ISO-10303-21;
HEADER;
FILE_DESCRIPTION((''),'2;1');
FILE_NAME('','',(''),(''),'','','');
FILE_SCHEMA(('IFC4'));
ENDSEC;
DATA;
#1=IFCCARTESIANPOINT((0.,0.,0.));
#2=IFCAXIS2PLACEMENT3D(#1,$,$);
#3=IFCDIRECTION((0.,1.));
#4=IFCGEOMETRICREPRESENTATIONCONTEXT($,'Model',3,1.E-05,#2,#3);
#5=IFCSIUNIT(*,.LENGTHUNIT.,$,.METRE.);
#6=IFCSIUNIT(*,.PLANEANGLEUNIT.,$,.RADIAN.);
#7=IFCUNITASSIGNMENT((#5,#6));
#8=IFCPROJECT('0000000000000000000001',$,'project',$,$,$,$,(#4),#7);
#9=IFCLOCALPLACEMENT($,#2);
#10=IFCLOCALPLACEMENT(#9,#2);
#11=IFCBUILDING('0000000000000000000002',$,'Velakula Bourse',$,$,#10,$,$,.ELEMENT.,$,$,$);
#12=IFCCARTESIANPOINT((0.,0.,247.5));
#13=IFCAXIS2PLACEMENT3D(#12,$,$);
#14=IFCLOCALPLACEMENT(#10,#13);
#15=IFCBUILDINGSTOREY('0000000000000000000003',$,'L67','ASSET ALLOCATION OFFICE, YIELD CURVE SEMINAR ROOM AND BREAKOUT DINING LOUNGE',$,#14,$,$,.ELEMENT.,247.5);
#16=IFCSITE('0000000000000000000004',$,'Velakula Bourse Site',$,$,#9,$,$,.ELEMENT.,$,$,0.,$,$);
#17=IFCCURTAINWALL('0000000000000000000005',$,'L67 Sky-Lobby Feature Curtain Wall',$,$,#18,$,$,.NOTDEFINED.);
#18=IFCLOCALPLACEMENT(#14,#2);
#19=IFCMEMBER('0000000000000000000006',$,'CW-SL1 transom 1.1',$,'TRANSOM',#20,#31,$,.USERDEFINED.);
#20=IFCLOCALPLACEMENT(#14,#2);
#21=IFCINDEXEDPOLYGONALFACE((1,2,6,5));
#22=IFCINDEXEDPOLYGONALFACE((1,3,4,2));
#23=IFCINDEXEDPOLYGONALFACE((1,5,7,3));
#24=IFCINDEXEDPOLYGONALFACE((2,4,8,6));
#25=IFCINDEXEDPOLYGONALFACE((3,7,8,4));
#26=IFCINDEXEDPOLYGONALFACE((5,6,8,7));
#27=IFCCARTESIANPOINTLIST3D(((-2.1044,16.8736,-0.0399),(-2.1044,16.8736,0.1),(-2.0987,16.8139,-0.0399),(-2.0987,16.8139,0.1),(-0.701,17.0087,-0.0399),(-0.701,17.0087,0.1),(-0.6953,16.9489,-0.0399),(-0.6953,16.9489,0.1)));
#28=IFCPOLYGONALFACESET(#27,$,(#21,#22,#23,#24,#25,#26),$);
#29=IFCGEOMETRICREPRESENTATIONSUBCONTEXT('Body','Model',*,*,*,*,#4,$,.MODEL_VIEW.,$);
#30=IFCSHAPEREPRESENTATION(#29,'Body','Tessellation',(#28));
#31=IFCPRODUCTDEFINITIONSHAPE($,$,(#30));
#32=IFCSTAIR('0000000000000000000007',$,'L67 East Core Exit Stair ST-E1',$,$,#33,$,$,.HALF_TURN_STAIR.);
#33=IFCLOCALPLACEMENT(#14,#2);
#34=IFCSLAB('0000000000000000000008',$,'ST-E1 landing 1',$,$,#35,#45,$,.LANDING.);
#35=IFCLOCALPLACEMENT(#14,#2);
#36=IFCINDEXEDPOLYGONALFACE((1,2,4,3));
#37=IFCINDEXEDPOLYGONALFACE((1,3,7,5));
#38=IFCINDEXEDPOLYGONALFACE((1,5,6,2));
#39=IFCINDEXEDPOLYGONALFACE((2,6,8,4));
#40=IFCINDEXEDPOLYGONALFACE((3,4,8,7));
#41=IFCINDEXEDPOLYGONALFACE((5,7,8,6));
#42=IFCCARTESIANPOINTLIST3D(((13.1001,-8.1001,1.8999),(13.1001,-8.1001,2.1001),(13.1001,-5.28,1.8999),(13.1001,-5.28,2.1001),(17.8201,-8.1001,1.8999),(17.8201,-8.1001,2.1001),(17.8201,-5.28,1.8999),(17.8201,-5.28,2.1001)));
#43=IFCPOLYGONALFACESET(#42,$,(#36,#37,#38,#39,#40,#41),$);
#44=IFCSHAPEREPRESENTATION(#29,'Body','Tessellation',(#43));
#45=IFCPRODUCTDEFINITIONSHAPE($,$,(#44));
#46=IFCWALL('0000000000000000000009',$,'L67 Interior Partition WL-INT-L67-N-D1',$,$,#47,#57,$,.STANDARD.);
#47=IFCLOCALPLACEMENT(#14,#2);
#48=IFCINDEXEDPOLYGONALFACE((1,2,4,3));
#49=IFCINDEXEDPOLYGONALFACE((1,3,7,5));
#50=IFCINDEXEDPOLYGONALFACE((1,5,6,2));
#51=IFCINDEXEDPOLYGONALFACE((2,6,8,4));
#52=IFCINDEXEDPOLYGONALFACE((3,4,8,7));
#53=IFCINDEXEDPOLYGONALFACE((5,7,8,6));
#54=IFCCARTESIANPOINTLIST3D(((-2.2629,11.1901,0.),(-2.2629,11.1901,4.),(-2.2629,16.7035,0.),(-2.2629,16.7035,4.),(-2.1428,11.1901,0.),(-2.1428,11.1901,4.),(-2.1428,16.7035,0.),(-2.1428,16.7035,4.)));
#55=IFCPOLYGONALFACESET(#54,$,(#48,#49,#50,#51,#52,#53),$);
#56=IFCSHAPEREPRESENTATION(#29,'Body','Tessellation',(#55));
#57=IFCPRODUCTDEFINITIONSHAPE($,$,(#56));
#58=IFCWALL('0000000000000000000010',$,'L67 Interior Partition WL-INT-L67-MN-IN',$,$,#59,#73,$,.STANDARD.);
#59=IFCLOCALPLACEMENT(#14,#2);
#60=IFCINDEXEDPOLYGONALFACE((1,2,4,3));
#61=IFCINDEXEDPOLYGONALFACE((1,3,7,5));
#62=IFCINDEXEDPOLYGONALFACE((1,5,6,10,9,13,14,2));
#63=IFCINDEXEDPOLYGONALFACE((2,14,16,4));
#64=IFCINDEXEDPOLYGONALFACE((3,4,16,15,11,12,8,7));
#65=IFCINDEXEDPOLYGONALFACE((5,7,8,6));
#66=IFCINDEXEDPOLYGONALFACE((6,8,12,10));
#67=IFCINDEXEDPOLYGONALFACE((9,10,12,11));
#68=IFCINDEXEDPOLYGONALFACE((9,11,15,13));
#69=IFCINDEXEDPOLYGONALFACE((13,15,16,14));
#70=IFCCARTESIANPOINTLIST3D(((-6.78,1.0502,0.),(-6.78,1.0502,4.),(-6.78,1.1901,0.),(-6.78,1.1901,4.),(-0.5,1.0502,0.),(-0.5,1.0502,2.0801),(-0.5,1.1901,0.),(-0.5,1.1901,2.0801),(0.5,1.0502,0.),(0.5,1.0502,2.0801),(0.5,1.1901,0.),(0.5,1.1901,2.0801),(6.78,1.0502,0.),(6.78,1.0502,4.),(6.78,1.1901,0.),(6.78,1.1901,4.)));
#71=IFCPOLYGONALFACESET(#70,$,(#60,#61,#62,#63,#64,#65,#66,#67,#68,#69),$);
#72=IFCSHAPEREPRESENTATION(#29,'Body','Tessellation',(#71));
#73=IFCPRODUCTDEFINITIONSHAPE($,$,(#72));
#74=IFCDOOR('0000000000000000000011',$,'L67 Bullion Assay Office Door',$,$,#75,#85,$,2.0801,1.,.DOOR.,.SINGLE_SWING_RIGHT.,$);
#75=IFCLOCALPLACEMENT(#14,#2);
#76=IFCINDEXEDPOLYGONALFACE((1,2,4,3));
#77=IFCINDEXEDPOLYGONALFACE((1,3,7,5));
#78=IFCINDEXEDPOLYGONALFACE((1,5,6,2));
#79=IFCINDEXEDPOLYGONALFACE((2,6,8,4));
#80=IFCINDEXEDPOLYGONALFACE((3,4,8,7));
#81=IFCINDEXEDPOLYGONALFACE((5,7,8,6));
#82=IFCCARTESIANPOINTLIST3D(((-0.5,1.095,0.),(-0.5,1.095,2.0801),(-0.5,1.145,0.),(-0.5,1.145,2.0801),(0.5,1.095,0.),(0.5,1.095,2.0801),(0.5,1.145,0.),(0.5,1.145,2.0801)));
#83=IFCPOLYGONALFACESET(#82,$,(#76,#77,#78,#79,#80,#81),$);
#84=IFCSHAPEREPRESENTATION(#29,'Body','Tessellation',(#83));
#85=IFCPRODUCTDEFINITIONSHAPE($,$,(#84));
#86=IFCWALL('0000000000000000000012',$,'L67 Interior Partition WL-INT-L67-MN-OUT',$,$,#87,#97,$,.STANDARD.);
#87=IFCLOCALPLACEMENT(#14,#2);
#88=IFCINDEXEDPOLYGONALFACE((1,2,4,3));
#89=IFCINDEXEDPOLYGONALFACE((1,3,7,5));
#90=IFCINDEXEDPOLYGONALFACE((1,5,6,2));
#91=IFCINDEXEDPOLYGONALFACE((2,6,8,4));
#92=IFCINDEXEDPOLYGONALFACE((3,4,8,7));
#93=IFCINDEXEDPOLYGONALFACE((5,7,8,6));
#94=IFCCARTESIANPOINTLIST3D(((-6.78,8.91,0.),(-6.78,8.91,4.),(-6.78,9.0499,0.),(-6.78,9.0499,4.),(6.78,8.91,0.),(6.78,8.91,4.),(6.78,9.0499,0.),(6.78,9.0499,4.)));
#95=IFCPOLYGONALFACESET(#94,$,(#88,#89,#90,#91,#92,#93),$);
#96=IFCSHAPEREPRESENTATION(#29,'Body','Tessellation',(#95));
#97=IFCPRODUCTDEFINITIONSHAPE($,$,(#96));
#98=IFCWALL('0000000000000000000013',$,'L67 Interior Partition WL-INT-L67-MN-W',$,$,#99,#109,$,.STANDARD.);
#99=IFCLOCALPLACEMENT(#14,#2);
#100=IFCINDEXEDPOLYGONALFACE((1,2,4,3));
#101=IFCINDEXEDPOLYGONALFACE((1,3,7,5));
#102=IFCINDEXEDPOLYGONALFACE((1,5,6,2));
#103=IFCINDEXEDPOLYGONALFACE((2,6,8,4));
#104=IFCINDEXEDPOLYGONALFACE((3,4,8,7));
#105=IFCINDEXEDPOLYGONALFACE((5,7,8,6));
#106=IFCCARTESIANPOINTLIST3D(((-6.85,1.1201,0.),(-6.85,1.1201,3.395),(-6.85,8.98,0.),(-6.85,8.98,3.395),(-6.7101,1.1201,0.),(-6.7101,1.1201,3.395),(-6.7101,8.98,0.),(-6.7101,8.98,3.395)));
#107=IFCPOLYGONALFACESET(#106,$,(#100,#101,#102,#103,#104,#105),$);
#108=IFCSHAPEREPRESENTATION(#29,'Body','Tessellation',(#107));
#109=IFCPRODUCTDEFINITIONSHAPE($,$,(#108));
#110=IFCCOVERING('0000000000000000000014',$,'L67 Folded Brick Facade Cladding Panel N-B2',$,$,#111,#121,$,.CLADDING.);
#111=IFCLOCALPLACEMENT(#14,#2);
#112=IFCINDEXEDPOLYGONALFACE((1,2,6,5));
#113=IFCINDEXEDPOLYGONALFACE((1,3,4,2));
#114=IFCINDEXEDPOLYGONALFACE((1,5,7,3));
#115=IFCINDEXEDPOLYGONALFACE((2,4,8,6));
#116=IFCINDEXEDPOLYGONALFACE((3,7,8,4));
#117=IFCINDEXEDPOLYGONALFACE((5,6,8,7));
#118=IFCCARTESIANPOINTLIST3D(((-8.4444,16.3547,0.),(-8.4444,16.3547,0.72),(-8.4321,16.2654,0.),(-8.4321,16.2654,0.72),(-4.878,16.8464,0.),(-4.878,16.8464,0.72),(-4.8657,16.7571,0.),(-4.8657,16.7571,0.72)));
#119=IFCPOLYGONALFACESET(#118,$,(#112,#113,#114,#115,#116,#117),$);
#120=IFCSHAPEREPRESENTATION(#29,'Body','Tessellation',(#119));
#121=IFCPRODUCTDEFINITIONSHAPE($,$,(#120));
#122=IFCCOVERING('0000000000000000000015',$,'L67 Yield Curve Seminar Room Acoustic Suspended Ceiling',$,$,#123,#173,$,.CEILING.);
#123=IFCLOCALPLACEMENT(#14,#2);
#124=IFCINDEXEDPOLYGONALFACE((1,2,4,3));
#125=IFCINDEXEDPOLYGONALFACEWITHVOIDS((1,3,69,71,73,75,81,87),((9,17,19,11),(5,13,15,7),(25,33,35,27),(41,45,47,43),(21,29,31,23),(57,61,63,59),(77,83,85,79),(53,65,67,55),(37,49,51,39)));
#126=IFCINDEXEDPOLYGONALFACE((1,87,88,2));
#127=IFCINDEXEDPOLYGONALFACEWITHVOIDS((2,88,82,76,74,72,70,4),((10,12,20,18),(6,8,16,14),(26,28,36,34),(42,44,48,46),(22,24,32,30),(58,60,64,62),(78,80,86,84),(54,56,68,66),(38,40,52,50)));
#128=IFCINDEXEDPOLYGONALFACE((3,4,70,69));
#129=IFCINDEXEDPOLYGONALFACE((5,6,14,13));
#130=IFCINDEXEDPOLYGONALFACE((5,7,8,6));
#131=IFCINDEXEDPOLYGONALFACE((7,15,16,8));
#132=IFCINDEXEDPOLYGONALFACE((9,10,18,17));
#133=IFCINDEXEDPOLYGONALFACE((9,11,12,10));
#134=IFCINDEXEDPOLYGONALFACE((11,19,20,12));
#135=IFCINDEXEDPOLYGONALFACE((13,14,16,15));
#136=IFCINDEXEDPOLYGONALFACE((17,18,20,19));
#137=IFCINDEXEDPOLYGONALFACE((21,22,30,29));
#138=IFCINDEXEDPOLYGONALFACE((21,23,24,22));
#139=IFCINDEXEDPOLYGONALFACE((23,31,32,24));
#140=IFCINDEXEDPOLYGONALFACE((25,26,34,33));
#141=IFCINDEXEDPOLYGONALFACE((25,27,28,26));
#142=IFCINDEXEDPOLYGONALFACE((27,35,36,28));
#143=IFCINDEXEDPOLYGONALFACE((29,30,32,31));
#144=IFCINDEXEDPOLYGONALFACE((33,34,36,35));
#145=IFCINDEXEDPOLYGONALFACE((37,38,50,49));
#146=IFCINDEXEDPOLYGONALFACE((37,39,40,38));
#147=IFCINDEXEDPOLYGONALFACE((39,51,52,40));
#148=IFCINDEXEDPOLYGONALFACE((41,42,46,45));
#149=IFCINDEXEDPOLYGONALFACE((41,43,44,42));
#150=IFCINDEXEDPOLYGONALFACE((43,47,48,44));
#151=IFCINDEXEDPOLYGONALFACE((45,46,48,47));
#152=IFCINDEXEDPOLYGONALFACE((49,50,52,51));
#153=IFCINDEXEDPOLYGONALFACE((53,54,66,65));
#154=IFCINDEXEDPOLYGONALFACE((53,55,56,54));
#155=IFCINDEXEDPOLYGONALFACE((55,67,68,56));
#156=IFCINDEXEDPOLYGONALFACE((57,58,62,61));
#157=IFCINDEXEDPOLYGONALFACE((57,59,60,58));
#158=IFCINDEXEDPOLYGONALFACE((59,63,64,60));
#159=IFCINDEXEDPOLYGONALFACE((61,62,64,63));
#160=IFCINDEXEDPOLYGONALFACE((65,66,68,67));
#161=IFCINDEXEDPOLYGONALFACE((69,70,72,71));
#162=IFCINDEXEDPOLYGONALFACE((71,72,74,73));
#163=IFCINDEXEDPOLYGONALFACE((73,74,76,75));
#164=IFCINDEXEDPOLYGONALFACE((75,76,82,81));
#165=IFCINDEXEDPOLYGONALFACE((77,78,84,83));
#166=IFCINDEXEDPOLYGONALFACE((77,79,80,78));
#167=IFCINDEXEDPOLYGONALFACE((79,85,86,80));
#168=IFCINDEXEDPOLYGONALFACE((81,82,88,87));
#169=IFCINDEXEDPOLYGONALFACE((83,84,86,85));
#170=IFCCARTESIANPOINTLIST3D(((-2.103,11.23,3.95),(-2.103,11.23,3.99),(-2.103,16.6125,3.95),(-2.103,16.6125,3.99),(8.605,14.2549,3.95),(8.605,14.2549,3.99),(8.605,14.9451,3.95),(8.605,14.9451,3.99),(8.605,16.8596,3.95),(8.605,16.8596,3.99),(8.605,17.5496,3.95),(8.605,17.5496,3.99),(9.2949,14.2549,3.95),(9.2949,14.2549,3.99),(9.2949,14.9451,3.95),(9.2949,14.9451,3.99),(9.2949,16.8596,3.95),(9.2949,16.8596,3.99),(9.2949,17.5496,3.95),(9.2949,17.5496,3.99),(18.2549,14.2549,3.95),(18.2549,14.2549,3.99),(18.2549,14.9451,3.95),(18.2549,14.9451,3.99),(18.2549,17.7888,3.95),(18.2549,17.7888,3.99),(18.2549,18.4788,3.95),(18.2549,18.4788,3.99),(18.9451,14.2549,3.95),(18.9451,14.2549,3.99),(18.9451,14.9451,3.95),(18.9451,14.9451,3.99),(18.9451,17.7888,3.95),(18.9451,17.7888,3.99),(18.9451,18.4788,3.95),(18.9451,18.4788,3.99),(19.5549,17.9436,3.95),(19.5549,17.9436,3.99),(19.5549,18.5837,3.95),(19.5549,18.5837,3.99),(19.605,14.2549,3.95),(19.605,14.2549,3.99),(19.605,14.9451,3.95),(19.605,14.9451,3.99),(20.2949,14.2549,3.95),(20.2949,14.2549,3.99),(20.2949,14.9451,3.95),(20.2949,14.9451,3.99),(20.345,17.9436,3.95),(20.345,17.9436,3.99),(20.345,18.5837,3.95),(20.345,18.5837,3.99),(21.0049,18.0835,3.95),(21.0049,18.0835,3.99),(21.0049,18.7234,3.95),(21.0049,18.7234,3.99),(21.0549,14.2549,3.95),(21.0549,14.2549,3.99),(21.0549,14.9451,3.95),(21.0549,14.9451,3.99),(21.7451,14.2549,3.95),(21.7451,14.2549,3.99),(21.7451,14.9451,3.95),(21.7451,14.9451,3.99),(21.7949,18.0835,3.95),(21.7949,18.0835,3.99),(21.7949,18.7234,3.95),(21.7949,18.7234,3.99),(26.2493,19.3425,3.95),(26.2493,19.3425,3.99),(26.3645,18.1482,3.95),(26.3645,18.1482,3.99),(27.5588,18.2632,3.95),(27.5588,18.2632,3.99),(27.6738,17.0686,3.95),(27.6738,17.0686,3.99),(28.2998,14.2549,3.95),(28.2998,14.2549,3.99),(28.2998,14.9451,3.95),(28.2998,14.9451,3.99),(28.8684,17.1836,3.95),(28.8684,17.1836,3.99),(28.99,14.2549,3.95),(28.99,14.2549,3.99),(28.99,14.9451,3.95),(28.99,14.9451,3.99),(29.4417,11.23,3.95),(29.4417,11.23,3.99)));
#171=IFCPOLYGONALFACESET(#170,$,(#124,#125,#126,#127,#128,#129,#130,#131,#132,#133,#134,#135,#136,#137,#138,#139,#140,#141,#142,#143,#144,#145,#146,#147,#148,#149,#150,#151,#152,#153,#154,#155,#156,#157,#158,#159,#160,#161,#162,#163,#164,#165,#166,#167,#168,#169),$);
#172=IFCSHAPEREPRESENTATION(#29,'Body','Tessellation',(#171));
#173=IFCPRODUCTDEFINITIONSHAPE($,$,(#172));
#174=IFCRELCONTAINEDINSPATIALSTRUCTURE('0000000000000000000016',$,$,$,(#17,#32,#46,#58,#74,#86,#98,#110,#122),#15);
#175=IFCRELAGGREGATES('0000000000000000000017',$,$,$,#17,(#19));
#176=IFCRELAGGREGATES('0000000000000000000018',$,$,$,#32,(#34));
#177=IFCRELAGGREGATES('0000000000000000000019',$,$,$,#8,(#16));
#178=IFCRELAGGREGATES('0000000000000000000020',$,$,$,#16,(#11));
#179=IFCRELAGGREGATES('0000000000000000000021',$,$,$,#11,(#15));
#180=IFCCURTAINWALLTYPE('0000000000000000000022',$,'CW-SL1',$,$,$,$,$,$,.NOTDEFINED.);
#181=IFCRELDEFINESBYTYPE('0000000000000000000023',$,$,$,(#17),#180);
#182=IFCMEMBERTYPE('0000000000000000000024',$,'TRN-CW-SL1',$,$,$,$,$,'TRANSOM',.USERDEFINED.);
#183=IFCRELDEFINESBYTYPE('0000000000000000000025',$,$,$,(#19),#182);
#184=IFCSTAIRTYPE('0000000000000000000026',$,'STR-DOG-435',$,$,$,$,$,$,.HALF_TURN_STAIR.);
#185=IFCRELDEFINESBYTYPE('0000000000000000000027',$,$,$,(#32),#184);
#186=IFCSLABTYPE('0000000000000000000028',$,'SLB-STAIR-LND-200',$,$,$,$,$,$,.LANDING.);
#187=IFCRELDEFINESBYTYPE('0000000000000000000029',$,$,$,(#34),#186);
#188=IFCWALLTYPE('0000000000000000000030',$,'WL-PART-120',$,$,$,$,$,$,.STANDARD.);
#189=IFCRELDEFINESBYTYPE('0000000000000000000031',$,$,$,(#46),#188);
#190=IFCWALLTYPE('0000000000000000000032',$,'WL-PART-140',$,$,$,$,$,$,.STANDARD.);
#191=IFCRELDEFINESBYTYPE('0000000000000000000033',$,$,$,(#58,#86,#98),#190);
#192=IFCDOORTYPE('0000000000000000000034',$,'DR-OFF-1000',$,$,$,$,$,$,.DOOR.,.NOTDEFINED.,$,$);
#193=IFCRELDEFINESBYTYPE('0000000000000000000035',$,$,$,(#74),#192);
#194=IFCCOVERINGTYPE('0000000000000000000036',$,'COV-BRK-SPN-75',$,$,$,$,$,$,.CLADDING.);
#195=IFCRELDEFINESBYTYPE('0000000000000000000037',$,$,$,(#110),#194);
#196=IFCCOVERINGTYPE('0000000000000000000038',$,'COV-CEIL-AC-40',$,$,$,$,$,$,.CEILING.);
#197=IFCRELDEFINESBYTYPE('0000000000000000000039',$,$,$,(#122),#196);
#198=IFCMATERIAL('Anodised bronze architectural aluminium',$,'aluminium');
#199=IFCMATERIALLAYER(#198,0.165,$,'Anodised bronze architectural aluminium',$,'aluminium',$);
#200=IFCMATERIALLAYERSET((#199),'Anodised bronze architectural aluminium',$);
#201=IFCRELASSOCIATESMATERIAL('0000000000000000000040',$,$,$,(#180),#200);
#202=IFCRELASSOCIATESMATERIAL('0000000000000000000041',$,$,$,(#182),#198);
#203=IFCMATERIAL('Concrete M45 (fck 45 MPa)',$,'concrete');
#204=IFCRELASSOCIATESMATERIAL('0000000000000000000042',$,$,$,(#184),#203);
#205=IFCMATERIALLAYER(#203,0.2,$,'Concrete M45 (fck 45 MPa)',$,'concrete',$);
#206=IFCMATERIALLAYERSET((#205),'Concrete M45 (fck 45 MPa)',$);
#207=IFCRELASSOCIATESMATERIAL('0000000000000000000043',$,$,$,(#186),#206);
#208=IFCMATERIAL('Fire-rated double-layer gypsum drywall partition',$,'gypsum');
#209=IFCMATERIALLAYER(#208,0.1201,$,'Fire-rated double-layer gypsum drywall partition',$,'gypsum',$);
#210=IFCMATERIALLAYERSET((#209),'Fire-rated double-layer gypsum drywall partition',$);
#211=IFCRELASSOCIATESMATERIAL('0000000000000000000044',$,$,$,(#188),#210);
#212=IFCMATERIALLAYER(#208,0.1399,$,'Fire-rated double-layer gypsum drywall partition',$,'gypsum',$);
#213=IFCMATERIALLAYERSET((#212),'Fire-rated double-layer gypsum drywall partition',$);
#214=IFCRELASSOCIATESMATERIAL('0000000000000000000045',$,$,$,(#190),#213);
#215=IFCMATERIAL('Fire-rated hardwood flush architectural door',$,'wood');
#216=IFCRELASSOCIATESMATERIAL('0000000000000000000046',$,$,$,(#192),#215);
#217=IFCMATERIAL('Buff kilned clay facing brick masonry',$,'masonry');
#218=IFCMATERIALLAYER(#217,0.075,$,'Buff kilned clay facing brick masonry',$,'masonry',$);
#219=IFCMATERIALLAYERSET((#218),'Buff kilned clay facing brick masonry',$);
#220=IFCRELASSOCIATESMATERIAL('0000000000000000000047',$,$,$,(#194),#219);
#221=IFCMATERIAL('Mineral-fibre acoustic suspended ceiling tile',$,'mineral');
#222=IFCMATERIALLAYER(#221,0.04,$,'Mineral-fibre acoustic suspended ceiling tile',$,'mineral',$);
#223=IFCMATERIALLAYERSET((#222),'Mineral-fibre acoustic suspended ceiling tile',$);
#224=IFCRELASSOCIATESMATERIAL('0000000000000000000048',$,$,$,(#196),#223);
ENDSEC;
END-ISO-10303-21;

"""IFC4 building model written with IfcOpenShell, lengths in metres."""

from ifc_helpers import new_model, si_unit, direction, frame, frame_2d, origin, origin_2d, place, context, subcontext, project, spatial, polyline, rectangle, outline, extrude, material, layer, layer_set, material_profile, profile_set, type_object, element, fill, aggregate, save


model = new_model("IFC4")

# Units and contexts
model_context = context("Model", 3, precision=1e-05, world=origin(), true_north=direction((0.0, 1.0)))
body_context = subcontext(model_context, "Body", "Model", "MODEL_VIEW")
ifc_project = project(units=[si_unit("LENGTHUNIT", "METRE"), si_unit("PLANEANGLEUNIT", "RADIAN")], contexts=[model_context])

# Site, building, storey
site_placement = place(None, origin())
site = spatial("IfcSite", under=ifc_project, at=site_placement, Name="Velakula Bourse Site", CompositionType="ELEMENT", RefElevation=0.0)
building_placement = place(site_placement, origin())
building = spatial("IfcBuilding", under=site, at=building_placement, Name="Velakula Bourse", CompositionType="ELEMENT")
storey_placement = place(building_placement, frame((0.0, 0.0, 247.5)))
storey = spatial("IfcBuildingStorey", under=building, at=storey_placement, Name="L67", Description="ASSET ALLOCATION OFFICE, YIELD CURVE SEMINAR ROOM AND BREAKOUT DINING LOUNGE", CompositionType="ELEMENT", Elevation=247.5)

# Curtain wall
ifc_material_1 = material(Name="Anodised bronze architectural aluminium", Category="aluminium")
ifc_layer_1 = layer(ifc_material_1, 0.165, Name="Anodised bronze architectural aluminium", Category="aluminium")
ifc_layer_set_1 = layer_set([ifc_layer_1], Name="Anodised bronze architectural aluminium")
curtain_wall_type = type_object("IfcCurtainWallType", Name="CW-SL1", PredefinedType="NOTDEFINED", material=ifc_layer_set_1)
curtain_wall_placement = place(storey_placement, origin())
curtain_wall = element("IfcCurtainWall", 1, at=curtain_wall_placement, inside=storey, type_object=curtain_wall_type, Name="L67 Sky-Lobby Feature Curtain Wall", PredefinedType="NOTDEFINED")

# Member
ifc_material_profile_1 = material_profile(ifc_material_1, rectangle(XDim=0.0601, YDim=0.1399, at=origin_2d()), Name="Anodised bronze architectural aluminium")
ifc_profile_set_1 = profile_set([ifc_material_profile_1], Name="Anodised bronze architectural aluminium")
member_type_1 = type_object("IfcMemberType", Name="TRN-CW-SL1", ElementType="TRANSOM", PredefinedType="USERDEFINED", material=ifc_profile_set_1)
member_1_placement = place(storey_placement, frame((-2.1016, 16.8438, 0.03), z_axis=(0.995404, 0.095765, 0.0), x_axis=(-0.095765, 0.995404, 0.0)))
member_1 = element("IfcMember", 2, at=member_1_placement, type_object=member_type_1, Name="CW-SL1 transom 1.1", ObjectType="TRANSOM", PredefinedType="USERDEFINED", context=body_context, shape_type="SweptSolid", body=[
    extrude(rectangle(XDim=0.0601, YDim=0.1399, at=origin_2d()), origin(), (0.0, 0.0, 1.0), 1.4099),
])
aggregate(curtain_wall, [member_1])

# Stair, slab
ifc_material_2 = material(Name="Concrete M45 (fck 45 MPa)", Category="concrete")
stair_type = type_object("IfcStairType", Name="STR-DOG-435", PredefinedType="HALF_TURN_STAIR", material=ifc_material_2)
stair_placement = place(storey_placement, origin())
stair = element("IfcStair", 3, at=stair_placement, inside=storey, type_object=stair_type, Name="L67 East Core Exit Stair ST-E1", PredefinedType="HALF_TURN_STAIR")
ifc_layer_2 = layer(ifc_material_2, 0.2, Name="Concrete M45 (fck 45 MPa)", Category="concrete")
ifc_layer_set_2 = layer_set([ifc_layer_2], Name="Concrete M45 (fck 45 MPa)")
slab_type = type_object("IfcSlabType", Name="SLB-STAIR-LND-200", PredefinedType="LANDING", material=ifc_layer_set_2)
slab_placement = place(storey_placement, frame((0.0, 0.0, 1.8999)))
slab = element("IfcSlab", 4, at=slab_placement, type_object=slab_type, Name="ST-E1 landing 1", PredefinedType="LANDING", context=body_context, shape_type="SweptSolid", body=[
    extrude(outline(polyline([(13.1001, -5.28), (13.1001, -8.1001), (17.8201, -8.1001), (17.8201, -5.28), (13.1001, -5.28)])), origin(), (0.0, 0.0, 1.0), 0.2002),
])
aggregate(stair, [slab])

# Wall
ifc_material_3 = material(Name="Fire-rated double-layer gypsum drywall partition", Category="gypsum")
ifc_layer_3 = layer(ifc_material_3, 0.1201, Name="Fire-rated double-layer gypsum drywall partition", Category="gypsum")
ifc_layer_set_3 = layer_set([ifc_layer_3], Name="Fire-rated double-layer gypsum drywall partition")
wall_type_1 = type_object("IfcWallType", Name="WL-PART-120", PredefinedType="STANDARD", material=ifc_layer_set_3)
wall_1_placement = place(storey_placement, frame((-2.2029, 11.1899, 0.0), z_axis=(0.0, 0.0, 1.0), x_axis=(0.0, 1.0, 0.0)))
element("IfcWall", 5, at=wall_1_placement, inside=storey, type_object=wall_type_1, Name="L67 Interior Partition WL-INT-L67-N-D1", PredefinedType="STANDARD", context=body_context, shape_type="SweptSolid", body=[
    extrude(rectangle(XDim=5.5134, YDim=0.1201, at=frame_2d((2.7568, 0.0))), origin(), (0.0, 0.0, 1.0), 4.0),
])

# Wall, opening, door
ifc_layer_4 = layer(ifc_material_3, 0.1399, Name="Fire-rated double-layer gypsum drywall partition", Category="gypsum")
ifc_layer_set_4 = layer_set([ifc_layer_4], Name="Fire-rated double-layer gypsum drywall partition")
wall_type_2 = type_object("IfcWallType", Name="WL-PART-140", PredefinedType="STANDARD", material=ifc_layer_set_4)
wall_2_placement = place(storey_placement, frame((-6.78, 1.1201, 0.0), z_axis=(0.0, 0.0, 1.0), x_axis=(1.0, 0.0, 0.0)))
wall_2 = element("IfcWall", 6, at=wall_2_placement, inside=storey, type_object=wall_type_2, Name="L67 Interior Partition WL-INT-L67-MN-IN", PredefinedType="STANDARD", context=body_context, shape_type="SweptSolid", body=[
    extrude(rectangle(XDim=13.5601, YDim=0.1399, at=frame_2d((6.78, 0.0))), origin(), (0.0, 0.0, 1.0), 4.0),
])
opening_placement = place(wall_2_placement, frame((6.28, 0.0, 0.0)))
opening = element("IfcOpeningElement", 7, at=opening_placement, cuts=wall_2, PredefinedType="OPENING", context=body_context, shape_type="SweptSolid", body=[
    extrude(rectangle(XDim=1.0, YDim=2.0801, at=frame_2d((0.5, 1.04))), frame((0.0, 0.0798, 0.0), z_axis=(0.0, -1.0, 0.0), x_axis=(1.0, 0.0, 0.0)), (0.0, 0.0, 1.0), 0.1599),
])
ifc_material_4 = material(Name="Fire-rated hardwood flush architectural door", Category="wood")
door_type = type_object("IfcDoorType", Name="DR-OFF-1000", OperationType="NOTDEFINED", PredefinedType="DOOR", material=ifc_material_4)
door_placement = place(opening_placement, origin())
door = element("IfcDoor", 8, at=door_placement, inside=storey, type_object=door_type, Name="L67 Bullion Assay Office Door", OperationType="SINGLE_SWING_RIGHT", OverallHeight=2.0801, OverallWidth=1.0, PredefinedType="DOOR", context=body_context, shape_type="SweptSolid", body=[
    extrude(rectangle(XDim=1.0, YDim=2.0801, at=frame_2d((0.5, 1.04))), frame((0.0, 0.0249, 0.0), z_axis=(0.0, -1.0, 0.0), x_axis=(1.0, 0.0, 0.0)), (0.0, 0.0, 1.0), 0.05),
])
fill(opening, door)

# Walls
wall_3_placement = place(storey_placement, frame((-6.78, 8.98, 0.0), z_axis=(0.0, 0.0, 1.0), x_axis=(1.0, 0.0, 0.0)))
element("IfcWall", 9, at=wall_3_placement, inside=storey, type_object=wall_type_2, Name="L67 Interior Partition WL-INT-L67-MN-OUT", PredefinedType="STANDARD", context=body_context, shape_type="SweptSolid", body=[
    extrude(rectangle(XDim=13.5601, YDim=0.1399, at=frame_2d((6.78, 0.0))), origin(), (0.0, 0.0, 1.0), 4.0),
])
wall_4_placement = place(storey_placement, frame((-6.78, 1.1201, 0.0), z_axis=(0.0, 0.0, 1.0), x_axis=(0.0, 1.0, 0.0)))
element("IfcWall", 10, at=wall_4_placement, inside=storey, type_object=wall_type_2, Name="L67 Interior Partition WL-INT-L67-MN-W", PredefinedType="STANDARD", context=body_context, shape_type="SweptSolid", body=[
    extrude(rectangle(XDim=7.8599, YDim=0.1399, at=frame_2d((3.9299, 0.0))), origin(), (0.0, 0.0, 1.0), 3.395),
])

# Coverings
ifc_material_5 = material(Name="Buff kilned clay facing brick masonry", Category="masonry")
ifc_layer_5 = layer(ifc_material_5, 0.075, Name="Buff kilned clay facing brick masonry", Category="masonry")
ifc_layer_set_5 = layer_set([ifc_layer_5], Name="Buff kilned clay facing brick masonry")
covering_type_1 = type_object("IfcCoveringType", Name="COV-BRK-SPN-75", PredefinedType="CLADDING", material=ifc_layer_set_5)
covering_1_placement = place(storey_placement, frame((-6.655, 16.5559, 0.0), z_axis=(0.0, 0.0, 1.0), x_axis=(0.990629, 0.13658, 0.0)))
element("IfcCovering", 11, at=covering_1_placement, inside=storey, type_object=covering_type_1, Name="L67 Folded Brick Facade Cladding Panel N-B2", PredefinedType="CLADDING", context=body_context, shape_type="SweptSolid", body=[
    extrude(rectangle(XDim=3.6001, YDim=0.0901, at=origin_2d()), origin(), (0.0, 0.0, 1.0), 0.72),
])
ifc_material_6 = material(Name="Mineral-fibre acoustic suspended ceiling tile", Category="mineral")
ifc_layer_6 = layer(ifc_material_6, 0.04, Name="Mineral-fibre acoustic suspended ceiling tile", Category="mineral")
ifc_layer_set_6 = layer_set([ifc_layer_6], Name="Mineral-fibre acoustic suspended ceiling tile")
covering_type_2 = type_object("IfcCoveringType", Name="COV-CEIL-AC-40", PredefinedType="CEILING", material=ifc_layer_set_6)
covering_2_placement = place(storey_placement, frame((0.0, 0.0, 3.95)))
element("IfcCovering", 12, at=covering_2_placement, inside=storey, type_object=covering_type_2, Name="L67 Yield Curve Seminar Room Acoustic Suspended Ceiling", PredefinedType="CEILING", context=body_context, shape_type="SweptSolid", body=[
    extrude(outline(polyline([(26.3645, 18.1482), (27.5588, 18.2632), (27.6738, 17.0686), (28.8684, 17.1836), (29.4417, 11.23), (-2.103, 11.23), (-2.103, 16.6125), (26.2493, 19.3425), (26.3645, 18.1482)]), holes=[polyline([(8.605, 14.2549), (9.2949, 14.2549), (9.2949, 14.9451), (8.605, 14.9451), (8.605, 14.2549)]), polyline([(18.2549, 14.2549), (18.9451, 14.2549), (18.9451, 14.9451), (18.2549, 14.9451), (18.2549, 14.2549)]), polyline([(8.605, 16.8596), (9.2949, 16.8596), (9.2949, 17.5496), (8.605, 17.5496), (8.605, 16.8596)]), polyline([(18.2549, 17.7888), (18.9451, 17.7888), (18.9451, 18.4788), (18.2549, 18.4788), (18.2549, 17.7888)]), polyline([(19.605, 14.2549), (20.2949, 14.2549), (20.2949, 14.9451), (19.605, 14.9451), (19.605, 14.2549)]), polyline([(21.0549, 14.2549), (21.7451, 14.2549), (21.7451, 14.9451), (21.0549, 14.9451), (21.0549, 14.2549)]), polyline([(28.2998, 14.2549), (28.99, 14.2549), (28.99, 14.9451), (28.2998, 14.9451), (28.2998, 14.2549)]), polyline([(19.5549, 17.9436), (20.345, 17.9436), (20.345, 18.5837), (19.5549, 18.5837), (19.5549, 17.9436)]), polyline([(21.0049, 18.0835), (21.7949, 18.0835), (21.7949, 18.7234), (21.0049, 18.7234), (21.0049, 18.0835)])]), origin(), (0.0, 0.0, 1.0), 0.04),
])

save(model, "model.ifc")
